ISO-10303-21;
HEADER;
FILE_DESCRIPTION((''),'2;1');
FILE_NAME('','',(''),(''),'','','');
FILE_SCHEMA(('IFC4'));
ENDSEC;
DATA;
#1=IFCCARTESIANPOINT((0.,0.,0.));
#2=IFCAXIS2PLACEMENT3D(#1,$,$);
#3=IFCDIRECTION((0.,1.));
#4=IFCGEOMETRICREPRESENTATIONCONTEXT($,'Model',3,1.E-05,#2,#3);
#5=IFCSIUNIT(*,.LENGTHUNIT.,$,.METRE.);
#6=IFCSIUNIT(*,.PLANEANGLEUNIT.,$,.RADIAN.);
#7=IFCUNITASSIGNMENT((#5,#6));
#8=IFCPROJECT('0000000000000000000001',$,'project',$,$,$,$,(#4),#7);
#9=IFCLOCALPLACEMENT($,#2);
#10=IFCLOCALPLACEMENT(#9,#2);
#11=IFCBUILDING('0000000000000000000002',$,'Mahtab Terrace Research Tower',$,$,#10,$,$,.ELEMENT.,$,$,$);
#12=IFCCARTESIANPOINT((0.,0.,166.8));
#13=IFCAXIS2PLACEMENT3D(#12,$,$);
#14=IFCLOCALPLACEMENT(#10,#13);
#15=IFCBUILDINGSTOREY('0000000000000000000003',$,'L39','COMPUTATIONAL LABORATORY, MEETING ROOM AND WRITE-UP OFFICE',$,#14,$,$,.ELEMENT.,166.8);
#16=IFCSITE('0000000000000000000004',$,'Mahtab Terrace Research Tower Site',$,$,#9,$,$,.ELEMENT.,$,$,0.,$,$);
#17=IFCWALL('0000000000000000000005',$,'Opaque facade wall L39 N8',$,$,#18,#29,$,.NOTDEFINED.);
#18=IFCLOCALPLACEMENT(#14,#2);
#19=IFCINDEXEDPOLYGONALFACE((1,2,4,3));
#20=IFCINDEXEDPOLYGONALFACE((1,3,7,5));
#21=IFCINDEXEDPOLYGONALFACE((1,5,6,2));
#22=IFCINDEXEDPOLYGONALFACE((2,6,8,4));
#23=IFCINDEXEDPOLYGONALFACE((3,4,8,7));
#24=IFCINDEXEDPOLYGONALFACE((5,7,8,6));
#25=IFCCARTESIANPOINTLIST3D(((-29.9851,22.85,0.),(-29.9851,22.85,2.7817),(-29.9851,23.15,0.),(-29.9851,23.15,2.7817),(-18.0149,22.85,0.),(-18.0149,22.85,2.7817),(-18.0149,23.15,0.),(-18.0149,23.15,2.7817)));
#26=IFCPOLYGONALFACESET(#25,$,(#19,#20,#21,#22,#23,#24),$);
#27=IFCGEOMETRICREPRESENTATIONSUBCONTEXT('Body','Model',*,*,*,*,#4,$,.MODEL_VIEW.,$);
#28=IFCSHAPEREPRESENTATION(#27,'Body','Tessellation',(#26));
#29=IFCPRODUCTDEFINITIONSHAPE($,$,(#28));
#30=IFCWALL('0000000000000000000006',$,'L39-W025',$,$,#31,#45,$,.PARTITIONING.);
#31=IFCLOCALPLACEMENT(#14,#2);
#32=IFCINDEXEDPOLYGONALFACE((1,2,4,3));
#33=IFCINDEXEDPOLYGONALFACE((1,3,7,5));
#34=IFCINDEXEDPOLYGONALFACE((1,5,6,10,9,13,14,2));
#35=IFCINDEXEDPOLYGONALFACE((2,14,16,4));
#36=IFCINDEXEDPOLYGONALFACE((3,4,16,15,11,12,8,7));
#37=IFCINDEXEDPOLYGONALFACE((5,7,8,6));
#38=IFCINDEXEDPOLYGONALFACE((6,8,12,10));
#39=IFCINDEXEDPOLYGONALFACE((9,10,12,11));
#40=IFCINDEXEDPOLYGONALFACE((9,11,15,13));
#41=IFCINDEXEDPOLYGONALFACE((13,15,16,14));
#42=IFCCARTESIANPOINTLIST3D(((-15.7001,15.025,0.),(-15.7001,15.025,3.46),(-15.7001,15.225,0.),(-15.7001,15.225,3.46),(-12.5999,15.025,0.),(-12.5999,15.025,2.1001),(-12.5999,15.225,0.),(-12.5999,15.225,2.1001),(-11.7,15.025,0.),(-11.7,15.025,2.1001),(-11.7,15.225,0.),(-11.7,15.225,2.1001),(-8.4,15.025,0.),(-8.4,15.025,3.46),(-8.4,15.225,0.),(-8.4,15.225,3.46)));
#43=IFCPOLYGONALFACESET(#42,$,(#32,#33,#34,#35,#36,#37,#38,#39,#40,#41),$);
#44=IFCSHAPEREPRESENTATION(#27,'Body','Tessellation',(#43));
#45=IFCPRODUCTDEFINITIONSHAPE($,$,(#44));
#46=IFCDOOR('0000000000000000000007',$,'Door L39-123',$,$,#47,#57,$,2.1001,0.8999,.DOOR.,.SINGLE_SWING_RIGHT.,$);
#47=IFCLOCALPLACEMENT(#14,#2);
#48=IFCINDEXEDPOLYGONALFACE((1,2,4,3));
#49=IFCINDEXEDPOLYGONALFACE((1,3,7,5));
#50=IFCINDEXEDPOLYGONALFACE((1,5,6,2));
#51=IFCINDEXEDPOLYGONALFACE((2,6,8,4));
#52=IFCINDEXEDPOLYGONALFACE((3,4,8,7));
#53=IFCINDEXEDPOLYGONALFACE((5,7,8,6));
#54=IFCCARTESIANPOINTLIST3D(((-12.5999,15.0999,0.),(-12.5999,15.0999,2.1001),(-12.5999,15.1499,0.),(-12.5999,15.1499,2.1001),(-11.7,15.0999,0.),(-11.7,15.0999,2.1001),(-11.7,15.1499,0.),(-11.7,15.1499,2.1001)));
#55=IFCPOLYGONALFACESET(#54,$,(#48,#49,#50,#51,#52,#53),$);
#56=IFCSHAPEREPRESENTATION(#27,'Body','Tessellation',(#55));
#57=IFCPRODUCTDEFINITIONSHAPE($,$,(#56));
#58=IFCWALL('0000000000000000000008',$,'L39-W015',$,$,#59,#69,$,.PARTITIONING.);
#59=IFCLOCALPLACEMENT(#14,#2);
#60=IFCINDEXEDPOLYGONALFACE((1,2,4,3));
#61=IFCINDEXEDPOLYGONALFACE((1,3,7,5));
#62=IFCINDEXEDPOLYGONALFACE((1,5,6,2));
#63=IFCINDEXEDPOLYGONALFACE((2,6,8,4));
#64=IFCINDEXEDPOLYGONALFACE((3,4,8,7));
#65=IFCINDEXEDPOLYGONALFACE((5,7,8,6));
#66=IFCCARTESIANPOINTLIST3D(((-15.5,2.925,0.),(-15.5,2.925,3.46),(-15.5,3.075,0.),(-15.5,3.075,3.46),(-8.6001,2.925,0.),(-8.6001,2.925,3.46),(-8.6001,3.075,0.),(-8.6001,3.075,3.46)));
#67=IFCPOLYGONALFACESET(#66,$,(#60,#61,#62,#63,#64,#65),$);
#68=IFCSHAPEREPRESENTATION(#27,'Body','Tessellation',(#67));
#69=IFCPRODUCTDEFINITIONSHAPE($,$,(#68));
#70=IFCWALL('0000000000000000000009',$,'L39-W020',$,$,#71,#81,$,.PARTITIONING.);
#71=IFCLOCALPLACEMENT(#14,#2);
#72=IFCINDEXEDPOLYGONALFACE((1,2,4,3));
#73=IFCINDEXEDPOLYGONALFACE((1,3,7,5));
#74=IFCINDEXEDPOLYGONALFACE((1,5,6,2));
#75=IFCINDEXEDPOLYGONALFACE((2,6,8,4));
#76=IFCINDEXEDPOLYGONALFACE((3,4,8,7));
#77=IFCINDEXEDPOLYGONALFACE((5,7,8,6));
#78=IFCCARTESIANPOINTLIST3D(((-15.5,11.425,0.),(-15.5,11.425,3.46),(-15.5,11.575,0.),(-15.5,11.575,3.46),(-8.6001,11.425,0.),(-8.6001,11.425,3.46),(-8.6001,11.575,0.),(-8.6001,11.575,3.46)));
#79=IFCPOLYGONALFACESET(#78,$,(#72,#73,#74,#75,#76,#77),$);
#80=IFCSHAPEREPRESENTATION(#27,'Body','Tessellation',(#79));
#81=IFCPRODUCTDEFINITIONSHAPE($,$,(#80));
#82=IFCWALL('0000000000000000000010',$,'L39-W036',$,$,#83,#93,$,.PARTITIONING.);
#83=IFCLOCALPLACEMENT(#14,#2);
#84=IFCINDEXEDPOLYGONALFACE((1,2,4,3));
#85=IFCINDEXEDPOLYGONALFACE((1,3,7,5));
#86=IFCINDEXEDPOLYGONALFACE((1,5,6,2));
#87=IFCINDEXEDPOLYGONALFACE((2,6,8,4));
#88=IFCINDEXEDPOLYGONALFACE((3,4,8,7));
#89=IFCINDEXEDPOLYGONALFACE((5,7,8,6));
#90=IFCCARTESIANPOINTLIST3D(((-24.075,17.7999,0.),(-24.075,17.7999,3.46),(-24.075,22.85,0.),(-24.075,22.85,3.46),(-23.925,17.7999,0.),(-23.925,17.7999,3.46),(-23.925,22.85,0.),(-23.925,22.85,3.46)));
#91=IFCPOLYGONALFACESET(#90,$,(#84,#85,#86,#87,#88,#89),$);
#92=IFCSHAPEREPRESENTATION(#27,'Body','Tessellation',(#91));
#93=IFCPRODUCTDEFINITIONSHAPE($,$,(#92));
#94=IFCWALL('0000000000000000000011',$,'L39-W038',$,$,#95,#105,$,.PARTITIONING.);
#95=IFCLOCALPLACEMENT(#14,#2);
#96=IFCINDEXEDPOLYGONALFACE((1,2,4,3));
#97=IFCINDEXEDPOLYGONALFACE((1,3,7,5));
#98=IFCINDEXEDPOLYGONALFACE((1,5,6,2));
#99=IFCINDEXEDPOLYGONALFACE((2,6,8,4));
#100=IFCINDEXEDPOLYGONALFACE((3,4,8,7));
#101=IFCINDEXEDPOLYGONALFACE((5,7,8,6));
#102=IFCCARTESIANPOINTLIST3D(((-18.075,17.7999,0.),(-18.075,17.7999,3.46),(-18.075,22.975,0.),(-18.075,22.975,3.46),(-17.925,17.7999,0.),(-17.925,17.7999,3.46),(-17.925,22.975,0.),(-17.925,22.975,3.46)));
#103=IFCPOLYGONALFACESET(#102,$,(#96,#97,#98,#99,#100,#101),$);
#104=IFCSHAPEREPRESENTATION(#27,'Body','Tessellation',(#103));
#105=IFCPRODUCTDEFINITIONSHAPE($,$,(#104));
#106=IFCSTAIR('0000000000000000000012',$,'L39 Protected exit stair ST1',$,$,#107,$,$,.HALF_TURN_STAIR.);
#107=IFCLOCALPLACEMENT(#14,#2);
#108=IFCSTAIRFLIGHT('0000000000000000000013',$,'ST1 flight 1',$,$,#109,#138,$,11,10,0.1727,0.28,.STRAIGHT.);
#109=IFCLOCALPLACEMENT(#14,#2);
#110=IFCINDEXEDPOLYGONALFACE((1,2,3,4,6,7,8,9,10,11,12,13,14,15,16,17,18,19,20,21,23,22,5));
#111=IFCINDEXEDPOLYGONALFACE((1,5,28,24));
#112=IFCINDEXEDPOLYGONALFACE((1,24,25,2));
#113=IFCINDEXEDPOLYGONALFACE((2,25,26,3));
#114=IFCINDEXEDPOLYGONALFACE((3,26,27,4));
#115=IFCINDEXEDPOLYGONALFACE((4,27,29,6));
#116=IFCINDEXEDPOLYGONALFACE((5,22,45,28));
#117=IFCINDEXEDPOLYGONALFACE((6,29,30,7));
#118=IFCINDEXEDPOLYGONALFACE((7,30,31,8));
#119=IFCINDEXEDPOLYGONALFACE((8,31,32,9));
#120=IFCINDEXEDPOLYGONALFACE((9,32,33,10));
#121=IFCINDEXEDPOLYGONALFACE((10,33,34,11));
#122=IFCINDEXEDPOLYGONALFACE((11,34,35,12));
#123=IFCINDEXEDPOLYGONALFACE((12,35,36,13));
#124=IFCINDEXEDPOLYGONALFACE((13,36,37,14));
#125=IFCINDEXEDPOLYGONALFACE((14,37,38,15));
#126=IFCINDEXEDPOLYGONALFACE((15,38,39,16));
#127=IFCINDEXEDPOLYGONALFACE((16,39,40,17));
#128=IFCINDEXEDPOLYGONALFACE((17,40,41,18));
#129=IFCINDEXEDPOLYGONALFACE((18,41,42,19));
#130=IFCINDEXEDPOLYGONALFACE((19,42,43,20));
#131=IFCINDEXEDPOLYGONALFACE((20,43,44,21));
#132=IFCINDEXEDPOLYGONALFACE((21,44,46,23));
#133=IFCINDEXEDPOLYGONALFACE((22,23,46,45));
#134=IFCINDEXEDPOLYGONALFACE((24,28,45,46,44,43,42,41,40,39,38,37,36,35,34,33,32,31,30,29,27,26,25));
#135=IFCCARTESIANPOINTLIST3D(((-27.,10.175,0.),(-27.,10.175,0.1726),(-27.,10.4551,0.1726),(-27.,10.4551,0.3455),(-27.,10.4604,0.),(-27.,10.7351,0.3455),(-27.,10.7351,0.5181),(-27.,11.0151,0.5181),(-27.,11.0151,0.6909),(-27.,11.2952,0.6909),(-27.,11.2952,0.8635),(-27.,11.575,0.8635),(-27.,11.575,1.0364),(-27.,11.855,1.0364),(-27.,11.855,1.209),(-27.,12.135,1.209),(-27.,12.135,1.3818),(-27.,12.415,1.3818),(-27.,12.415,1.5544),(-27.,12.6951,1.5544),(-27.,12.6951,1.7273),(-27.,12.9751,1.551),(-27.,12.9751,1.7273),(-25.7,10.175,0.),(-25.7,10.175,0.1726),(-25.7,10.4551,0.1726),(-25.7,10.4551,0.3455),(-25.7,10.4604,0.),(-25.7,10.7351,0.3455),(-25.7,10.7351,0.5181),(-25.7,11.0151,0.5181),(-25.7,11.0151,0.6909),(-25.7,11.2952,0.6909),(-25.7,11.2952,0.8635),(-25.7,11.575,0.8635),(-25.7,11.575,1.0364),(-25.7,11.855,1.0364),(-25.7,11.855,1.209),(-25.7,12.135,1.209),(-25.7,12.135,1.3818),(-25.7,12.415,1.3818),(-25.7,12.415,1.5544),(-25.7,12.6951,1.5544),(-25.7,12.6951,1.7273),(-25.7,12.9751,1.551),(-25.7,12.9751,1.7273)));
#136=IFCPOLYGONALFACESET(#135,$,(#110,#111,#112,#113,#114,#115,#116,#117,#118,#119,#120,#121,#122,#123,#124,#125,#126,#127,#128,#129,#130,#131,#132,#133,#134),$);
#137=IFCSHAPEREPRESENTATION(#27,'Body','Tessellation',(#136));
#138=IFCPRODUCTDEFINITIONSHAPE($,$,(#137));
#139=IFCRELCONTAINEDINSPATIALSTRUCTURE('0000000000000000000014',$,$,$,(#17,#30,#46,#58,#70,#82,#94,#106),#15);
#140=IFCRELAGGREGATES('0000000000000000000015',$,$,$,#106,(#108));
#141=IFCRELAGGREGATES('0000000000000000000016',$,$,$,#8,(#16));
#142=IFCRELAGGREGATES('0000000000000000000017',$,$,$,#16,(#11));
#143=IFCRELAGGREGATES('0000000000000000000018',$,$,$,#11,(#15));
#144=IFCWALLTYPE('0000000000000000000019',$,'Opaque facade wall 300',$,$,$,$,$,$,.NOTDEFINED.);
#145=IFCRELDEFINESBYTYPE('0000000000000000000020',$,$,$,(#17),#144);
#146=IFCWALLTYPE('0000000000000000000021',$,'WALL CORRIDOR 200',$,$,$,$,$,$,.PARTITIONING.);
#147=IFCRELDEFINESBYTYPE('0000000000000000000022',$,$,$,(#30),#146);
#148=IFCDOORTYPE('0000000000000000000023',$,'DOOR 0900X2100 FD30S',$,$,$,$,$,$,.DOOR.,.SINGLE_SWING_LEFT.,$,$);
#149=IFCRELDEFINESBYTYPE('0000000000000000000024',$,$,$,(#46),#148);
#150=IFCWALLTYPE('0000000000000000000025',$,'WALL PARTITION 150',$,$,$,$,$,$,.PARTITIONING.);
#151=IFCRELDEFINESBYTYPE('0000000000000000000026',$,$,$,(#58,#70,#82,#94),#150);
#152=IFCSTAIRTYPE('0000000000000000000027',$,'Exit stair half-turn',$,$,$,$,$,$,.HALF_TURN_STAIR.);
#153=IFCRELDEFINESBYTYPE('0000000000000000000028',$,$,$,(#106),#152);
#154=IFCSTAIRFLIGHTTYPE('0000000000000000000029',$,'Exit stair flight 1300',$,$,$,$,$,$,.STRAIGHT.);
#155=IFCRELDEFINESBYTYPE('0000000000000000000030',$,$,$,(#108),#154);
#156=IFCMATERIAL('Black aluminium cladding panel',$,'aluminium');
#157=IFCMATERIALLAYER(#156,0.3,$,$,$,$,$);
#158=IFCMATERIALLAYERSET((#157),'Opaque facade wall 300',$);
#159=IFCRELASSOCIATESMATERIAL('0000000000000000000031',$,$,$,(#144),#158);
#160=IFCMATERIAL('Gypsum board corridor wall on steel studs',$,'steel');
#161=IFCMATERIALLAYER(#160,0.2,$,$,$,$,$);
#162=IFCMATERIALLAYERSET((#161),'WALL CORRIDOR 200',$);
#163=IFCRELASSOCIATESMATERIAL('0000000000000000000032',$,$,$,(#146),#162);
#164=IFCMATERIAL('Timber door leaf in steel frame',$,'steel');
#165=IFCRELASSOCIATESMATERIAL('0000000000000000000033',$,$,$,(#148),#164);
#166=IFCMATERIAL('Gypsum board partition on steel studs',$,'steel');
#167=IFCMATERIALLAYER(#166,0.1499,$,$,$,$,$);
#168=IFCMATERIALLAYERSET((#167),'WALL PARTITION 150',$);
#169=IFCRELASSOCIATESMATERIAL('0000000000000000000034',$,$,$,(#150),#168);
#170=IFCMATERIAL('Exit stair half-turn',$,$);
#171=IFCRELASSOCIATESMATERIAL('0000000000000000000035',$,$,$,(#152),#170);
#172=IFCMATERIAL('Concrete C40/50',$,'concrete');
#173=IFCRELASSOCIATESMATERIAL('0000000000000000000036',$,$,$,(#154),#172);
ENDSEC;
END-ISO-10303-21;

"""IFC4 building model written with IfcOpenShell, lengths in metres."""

from ifc_helpers import new_model, si_unit, direction, frame, frame_2d, origin, place, context, subcontext, project, spatial, polyline, rectangle, outline, extrude, material, layer, layer_set, type_object, element, fill, aggregate, save


model = new_model("IFC4")

# Units and contexts
model_context = context("Model", 3, precision=1e-05, world=origin(), true_north=direction((0.0, 1.0)))
body_context = subcontext(model_context, "Body", "Model", "MODEL_VIEW")
ifc_project = project(units=[si_unit("LENGTHUNIT", "METRE"), si_unit("PLANEANGLEUNIT", "RADIAN")], contexts=[model_context])

# Site, building, storey
site_placement = place(None, origin())
site = spatial("IfcSite", under=ifc_project, at=site_placement, Name="Mahtab Terrace Research Tower Site", CompositionType="ELEMENT", RefElevation=0.0)
building_placement = place(site_placement, origin())
building = spatial("IfcBuilding", under=site, at=building_placement, Name="Mahtab Terrace Research Tower", CompositionType="ELEMENT")
storey_placement = place(building_placement, frame((0.0, 0.0, 166.8)))
storey = spatial("IfcBuildingStorey", under=building, at=storey_placement, Name="L39", Description="COMPUTATIONAL LABORATORY, MEETING ROOM AND WRITE-UP OFFICE", CompositionType="ELEMENT", Elevation=166.8)

# Wall
ifc_material_1 = material(Name="Black aluminium cladding panel", Category="aluminium")
ifc_layer_1 = layer(ifc_material_1, 0.3)
ifc_layer_set_1 = layer_set([ifc_layer_1], Name="Opaque facade wall 300")
wall_type_1 = type_object("IfcWallType", Name="Opaque facade wall 300", PredefinedType="NOTDEFINED", material=ifc_layer_set_1)
wall_1_placement = place(storey_placement, frame((-18.0149, 23.0, 0.0), z_axis=(0.0, 0.0, 1.0), x_axis=(-1.0, 0.0, 0.0)))
element("IfcWall", 1, at=wall_1_placement, inside=storey, type_object=wall_type_1, Name="Opaque facade wall L39 N8", PredefinedType="NOTDEFINED", context=body_context, shape_type="SweptSolid", body=[
    extrude(rectangle(XDim=11.9702, YDim=0.3, at=frame_2d((5.9851, 0.0))), origin(), (0.0, 0.0, 1.0), 2.7817),
])

# Wall, opening, door
ifc_material_2 = material(Name="Gypsum board corridor wall on steel studs", Category="steel")
ifc_layer_2 = layer(ifc_material_2, 0.2)
ifc_layer_set_2 = layer_set([ifc_layer_2], Name="WALL CORRIDOR 200")
wall_type_2 = type_object("IfcWallType", Name="WALL CORRIDOR 200", PredefinedType="PARTITIONING", material=ifc_layer_set_2)
wall_2_placement = place(storey_placement, frame((-15.7, 15.125, 0.0), z_axis=(0.0, 0.0, 1.0), x_axis=(1.0, 0.0, 0.0)))
wall_2 = element("IfcWall", 2, at=wall_2_placement, inside=storey, type_object=wall_type_2, Name="L39-W025", PredefinedType="PARTITIONING", context=body_context, shape_type="SweptSolid", body=[
    extrude(rectangle(XDim=7.3, YDim=0.2, at=frame_2d((3.6499, 0.0))), origin(), (0.0, 0.0, 1.0), 3.46),
])
opening_1_placement = place(wall_2_placement, frame((3.1001, 0.0, 0.0)))
opening_1 = element("IfcOpeningElement", 3, at=opening_1_placement, cuts=wall_2, PredefinedType="OPENING", context=body_context, shape_type="SweptSolid", body=[
    extrude(rectangle(XDim=0.8999, YDim=2.1001, at=frame_2d((0.45, 1.05))), frame((0.0, 0.1099, 0.0), z_axis=(0.0, -1.0, 0.0), x_axis=(1.0, 0.0, 0.0)), (0.0, 0.0, 1.0), 0.22),
])
ifc_material_3 = material(Name="Timber door leaf in steel frame", Category="steel")
door_type_1 = type_object("IfcDoorType", Name="DOOR 0900X2100 FD30S", OperationType="SINGLE_SWING_LEFT", PredefinedType="DOOR", material=ifc_material_3)
door_1_placement = place(opening_1_placement, origin())
door_1 = element("IfcDoor", 4, at=door_1_placement, inside=storey, type_object=door_type_1, Name="Door L39-123", OperationType="SINGLE_SWING_RIGHT", OverallHeight=2.1001, OverallWidth=0.8999, PredefinedType="DOOR", context=body_context, shape_type="SweptSolid", body=[
    extrude(rectangle(XDim=0.8999, YDim=2.1001, at=frame_2d((0.45, 1.05))), frame((0.0, 0.0249, 0.0), z_axis=(0.0, -1.0, 0.0), x_axis=(1.0, 0.0, 0.0)), (0.0, 0.0, 1.0), 0.05),
])
fill(opening_1, door_1)

# Walls
ifc_material_4 = material(Name="Gypsum board partition on steel studs", Category="steel")
ifc_layer_3 = layer(ifc_material_4, 0.1499)
ifc_layer_set_3 = layer_set([ifc_layer_3], Name="WALL PARTITION 150")
wall_type_3 = type_object("IfcWallType", Name="WALL PARTITION 150", PredefinedType="PARTITIONING", material=ifc_layer_set_3)
for number, where, z_axis, x_axis, name in (
    (5, (-15.5, 3.0, 0.0), (0.0, 0.0, 1.0), (1.0, 0.0, 0.0), "L39-W015"),
    (6, (-15.5, 11.5, 0.0), (0.0, 0.0, 1.0), (1.0, 0.0, 0.0), "L39-W020"),
):
    element("IfcWall", number, at=place(storey_placement, frame(where, z_axis=z_axis, x_axis=x_axis)), inside=storey, type_object=wall_type_3, Name=name, PredefinedType="PARTITIONING", context=body_context, shape_type="SweptSolid", body=[
        extrude(rectangle(XDim=6.8999, YDim=0.1499, at=frame_2d((3.45, 0.0))), origin(), (0.0, 0.0, 1.0), 3.46),
    ])
wall_3_placement = place(storey_placement, frame((-24.0, 17.8, 0.0), z_axis=(0.0, 0.0, 1.0), x_axis=(0.0, 1.0, 0.0)))
element("IfcWall", 7, at=wall_3_placement, inside=storey, type_object=wall_type_3, Name="L39-W036", PredefinedType="PARTITIONING", context=body_context, shape_type="SweptSolid", body=[
    extrude(rectangle(XDim=5.05, YDim=0.1499, at=frame_2d((2.5249, 0.0))), origin(), (0.0, 0.0, 1.0), 3.46),
])
wall_4_placement = place(storey_placement, frame((-18.0, 17.8, 0.0), z_axis=(0.0, 0.0, 1.0), x_axis=(0.0, 1.0, 0.0)))
element("IfcWall", 8, at=wall_4_placement, inside=storey, type_object=wall_type_3, Name="L39-W038", PredefinedType="PARTITIONING", context=body_context, shape_type="SweptSolid", body=[
    extrude(rectangle(XDim=5.175, YDim=0.1499, at=frame_2d((2.5874, 0.0))), origin(), (0.0, 0.0, 1.0), 3.46),
])

# Stair, stair flight
ifc_material_5 = material(Name="Exit stair half-turn")
stair_type = type_object("IfcStairType", Name="Exit stair half-turn", PredefinedType="HALF_TURN_STAIR", material=ifc_material_5)
stair_placement = place(storey_placement, origin())
stair = element("IfcStair", 9, at=stair_placement, inside=storey, type_object=stair_type, Name="L39 Protected exit stair ST1", PredefinedType="HALF_TURN_STAIR")
ifc_material_6 = material(Name="Concrete C40/50", Category="concrete")
stair_flight_type = type_object("IfcStairFlightType", Name="Exit stair flight 1300", PredefinedType="STRAIGHT", material=ifc_material_6)
stair_flight_placement = place(storey_placement, frame((-26.3501, 10.175, 0.0), z_axis=(0.0, 0.0, 1.0), x_axis=(0.0, 1.0, 0.0)))
stair_flight = element("IfcStairFlight", 10, at=stair_flight_placement, type_object=stair_flight_type, Name="ST1 flight 1", NumberOfRisers=11, NumberOfTreads=10, PredefinedType="STRAIGHT", RiserHeight=0.1727, TreadLength=0.28, context=body_context, shape_type="SweptSolid", body=[
    extrude(outline(polyline([(0.0, 0.0), (0.0, 0.1726), (0.28, 0.1726), (0.28, 0.3455), (0.5601, 0.3455), (0.5601, 0.5181), (0.8401, 0.5181), (0.8401, 0.6909), (1.1201, 0.6909), (1.1201, 0.8635), (1.3999, 0.8635), (1.3999, 1.0364), (1.6799, 1.0364), (1.6799, 1.209), (1.96, 1.209), (1.96, 1.3818), (2.24, 1.3818), (2.24, 1.5544), (2.52, 1.5544), (2.52, 1.7273), (2.8, 1.7273), (2.8, 1.8999), (2.8, 1.551), (0.2854, 0.0), (0.0, 0.0)])), frame((0.0, 0.6499, 0.0), z_axis=(0.0, -1.0, 0.0), x_axis=(1.0, 0.0, 0.0)), (0.0, 0.0, 1.0), 1.3),
])
aggregate(stair, [stair_flight])

save(model, "model.ifc")
